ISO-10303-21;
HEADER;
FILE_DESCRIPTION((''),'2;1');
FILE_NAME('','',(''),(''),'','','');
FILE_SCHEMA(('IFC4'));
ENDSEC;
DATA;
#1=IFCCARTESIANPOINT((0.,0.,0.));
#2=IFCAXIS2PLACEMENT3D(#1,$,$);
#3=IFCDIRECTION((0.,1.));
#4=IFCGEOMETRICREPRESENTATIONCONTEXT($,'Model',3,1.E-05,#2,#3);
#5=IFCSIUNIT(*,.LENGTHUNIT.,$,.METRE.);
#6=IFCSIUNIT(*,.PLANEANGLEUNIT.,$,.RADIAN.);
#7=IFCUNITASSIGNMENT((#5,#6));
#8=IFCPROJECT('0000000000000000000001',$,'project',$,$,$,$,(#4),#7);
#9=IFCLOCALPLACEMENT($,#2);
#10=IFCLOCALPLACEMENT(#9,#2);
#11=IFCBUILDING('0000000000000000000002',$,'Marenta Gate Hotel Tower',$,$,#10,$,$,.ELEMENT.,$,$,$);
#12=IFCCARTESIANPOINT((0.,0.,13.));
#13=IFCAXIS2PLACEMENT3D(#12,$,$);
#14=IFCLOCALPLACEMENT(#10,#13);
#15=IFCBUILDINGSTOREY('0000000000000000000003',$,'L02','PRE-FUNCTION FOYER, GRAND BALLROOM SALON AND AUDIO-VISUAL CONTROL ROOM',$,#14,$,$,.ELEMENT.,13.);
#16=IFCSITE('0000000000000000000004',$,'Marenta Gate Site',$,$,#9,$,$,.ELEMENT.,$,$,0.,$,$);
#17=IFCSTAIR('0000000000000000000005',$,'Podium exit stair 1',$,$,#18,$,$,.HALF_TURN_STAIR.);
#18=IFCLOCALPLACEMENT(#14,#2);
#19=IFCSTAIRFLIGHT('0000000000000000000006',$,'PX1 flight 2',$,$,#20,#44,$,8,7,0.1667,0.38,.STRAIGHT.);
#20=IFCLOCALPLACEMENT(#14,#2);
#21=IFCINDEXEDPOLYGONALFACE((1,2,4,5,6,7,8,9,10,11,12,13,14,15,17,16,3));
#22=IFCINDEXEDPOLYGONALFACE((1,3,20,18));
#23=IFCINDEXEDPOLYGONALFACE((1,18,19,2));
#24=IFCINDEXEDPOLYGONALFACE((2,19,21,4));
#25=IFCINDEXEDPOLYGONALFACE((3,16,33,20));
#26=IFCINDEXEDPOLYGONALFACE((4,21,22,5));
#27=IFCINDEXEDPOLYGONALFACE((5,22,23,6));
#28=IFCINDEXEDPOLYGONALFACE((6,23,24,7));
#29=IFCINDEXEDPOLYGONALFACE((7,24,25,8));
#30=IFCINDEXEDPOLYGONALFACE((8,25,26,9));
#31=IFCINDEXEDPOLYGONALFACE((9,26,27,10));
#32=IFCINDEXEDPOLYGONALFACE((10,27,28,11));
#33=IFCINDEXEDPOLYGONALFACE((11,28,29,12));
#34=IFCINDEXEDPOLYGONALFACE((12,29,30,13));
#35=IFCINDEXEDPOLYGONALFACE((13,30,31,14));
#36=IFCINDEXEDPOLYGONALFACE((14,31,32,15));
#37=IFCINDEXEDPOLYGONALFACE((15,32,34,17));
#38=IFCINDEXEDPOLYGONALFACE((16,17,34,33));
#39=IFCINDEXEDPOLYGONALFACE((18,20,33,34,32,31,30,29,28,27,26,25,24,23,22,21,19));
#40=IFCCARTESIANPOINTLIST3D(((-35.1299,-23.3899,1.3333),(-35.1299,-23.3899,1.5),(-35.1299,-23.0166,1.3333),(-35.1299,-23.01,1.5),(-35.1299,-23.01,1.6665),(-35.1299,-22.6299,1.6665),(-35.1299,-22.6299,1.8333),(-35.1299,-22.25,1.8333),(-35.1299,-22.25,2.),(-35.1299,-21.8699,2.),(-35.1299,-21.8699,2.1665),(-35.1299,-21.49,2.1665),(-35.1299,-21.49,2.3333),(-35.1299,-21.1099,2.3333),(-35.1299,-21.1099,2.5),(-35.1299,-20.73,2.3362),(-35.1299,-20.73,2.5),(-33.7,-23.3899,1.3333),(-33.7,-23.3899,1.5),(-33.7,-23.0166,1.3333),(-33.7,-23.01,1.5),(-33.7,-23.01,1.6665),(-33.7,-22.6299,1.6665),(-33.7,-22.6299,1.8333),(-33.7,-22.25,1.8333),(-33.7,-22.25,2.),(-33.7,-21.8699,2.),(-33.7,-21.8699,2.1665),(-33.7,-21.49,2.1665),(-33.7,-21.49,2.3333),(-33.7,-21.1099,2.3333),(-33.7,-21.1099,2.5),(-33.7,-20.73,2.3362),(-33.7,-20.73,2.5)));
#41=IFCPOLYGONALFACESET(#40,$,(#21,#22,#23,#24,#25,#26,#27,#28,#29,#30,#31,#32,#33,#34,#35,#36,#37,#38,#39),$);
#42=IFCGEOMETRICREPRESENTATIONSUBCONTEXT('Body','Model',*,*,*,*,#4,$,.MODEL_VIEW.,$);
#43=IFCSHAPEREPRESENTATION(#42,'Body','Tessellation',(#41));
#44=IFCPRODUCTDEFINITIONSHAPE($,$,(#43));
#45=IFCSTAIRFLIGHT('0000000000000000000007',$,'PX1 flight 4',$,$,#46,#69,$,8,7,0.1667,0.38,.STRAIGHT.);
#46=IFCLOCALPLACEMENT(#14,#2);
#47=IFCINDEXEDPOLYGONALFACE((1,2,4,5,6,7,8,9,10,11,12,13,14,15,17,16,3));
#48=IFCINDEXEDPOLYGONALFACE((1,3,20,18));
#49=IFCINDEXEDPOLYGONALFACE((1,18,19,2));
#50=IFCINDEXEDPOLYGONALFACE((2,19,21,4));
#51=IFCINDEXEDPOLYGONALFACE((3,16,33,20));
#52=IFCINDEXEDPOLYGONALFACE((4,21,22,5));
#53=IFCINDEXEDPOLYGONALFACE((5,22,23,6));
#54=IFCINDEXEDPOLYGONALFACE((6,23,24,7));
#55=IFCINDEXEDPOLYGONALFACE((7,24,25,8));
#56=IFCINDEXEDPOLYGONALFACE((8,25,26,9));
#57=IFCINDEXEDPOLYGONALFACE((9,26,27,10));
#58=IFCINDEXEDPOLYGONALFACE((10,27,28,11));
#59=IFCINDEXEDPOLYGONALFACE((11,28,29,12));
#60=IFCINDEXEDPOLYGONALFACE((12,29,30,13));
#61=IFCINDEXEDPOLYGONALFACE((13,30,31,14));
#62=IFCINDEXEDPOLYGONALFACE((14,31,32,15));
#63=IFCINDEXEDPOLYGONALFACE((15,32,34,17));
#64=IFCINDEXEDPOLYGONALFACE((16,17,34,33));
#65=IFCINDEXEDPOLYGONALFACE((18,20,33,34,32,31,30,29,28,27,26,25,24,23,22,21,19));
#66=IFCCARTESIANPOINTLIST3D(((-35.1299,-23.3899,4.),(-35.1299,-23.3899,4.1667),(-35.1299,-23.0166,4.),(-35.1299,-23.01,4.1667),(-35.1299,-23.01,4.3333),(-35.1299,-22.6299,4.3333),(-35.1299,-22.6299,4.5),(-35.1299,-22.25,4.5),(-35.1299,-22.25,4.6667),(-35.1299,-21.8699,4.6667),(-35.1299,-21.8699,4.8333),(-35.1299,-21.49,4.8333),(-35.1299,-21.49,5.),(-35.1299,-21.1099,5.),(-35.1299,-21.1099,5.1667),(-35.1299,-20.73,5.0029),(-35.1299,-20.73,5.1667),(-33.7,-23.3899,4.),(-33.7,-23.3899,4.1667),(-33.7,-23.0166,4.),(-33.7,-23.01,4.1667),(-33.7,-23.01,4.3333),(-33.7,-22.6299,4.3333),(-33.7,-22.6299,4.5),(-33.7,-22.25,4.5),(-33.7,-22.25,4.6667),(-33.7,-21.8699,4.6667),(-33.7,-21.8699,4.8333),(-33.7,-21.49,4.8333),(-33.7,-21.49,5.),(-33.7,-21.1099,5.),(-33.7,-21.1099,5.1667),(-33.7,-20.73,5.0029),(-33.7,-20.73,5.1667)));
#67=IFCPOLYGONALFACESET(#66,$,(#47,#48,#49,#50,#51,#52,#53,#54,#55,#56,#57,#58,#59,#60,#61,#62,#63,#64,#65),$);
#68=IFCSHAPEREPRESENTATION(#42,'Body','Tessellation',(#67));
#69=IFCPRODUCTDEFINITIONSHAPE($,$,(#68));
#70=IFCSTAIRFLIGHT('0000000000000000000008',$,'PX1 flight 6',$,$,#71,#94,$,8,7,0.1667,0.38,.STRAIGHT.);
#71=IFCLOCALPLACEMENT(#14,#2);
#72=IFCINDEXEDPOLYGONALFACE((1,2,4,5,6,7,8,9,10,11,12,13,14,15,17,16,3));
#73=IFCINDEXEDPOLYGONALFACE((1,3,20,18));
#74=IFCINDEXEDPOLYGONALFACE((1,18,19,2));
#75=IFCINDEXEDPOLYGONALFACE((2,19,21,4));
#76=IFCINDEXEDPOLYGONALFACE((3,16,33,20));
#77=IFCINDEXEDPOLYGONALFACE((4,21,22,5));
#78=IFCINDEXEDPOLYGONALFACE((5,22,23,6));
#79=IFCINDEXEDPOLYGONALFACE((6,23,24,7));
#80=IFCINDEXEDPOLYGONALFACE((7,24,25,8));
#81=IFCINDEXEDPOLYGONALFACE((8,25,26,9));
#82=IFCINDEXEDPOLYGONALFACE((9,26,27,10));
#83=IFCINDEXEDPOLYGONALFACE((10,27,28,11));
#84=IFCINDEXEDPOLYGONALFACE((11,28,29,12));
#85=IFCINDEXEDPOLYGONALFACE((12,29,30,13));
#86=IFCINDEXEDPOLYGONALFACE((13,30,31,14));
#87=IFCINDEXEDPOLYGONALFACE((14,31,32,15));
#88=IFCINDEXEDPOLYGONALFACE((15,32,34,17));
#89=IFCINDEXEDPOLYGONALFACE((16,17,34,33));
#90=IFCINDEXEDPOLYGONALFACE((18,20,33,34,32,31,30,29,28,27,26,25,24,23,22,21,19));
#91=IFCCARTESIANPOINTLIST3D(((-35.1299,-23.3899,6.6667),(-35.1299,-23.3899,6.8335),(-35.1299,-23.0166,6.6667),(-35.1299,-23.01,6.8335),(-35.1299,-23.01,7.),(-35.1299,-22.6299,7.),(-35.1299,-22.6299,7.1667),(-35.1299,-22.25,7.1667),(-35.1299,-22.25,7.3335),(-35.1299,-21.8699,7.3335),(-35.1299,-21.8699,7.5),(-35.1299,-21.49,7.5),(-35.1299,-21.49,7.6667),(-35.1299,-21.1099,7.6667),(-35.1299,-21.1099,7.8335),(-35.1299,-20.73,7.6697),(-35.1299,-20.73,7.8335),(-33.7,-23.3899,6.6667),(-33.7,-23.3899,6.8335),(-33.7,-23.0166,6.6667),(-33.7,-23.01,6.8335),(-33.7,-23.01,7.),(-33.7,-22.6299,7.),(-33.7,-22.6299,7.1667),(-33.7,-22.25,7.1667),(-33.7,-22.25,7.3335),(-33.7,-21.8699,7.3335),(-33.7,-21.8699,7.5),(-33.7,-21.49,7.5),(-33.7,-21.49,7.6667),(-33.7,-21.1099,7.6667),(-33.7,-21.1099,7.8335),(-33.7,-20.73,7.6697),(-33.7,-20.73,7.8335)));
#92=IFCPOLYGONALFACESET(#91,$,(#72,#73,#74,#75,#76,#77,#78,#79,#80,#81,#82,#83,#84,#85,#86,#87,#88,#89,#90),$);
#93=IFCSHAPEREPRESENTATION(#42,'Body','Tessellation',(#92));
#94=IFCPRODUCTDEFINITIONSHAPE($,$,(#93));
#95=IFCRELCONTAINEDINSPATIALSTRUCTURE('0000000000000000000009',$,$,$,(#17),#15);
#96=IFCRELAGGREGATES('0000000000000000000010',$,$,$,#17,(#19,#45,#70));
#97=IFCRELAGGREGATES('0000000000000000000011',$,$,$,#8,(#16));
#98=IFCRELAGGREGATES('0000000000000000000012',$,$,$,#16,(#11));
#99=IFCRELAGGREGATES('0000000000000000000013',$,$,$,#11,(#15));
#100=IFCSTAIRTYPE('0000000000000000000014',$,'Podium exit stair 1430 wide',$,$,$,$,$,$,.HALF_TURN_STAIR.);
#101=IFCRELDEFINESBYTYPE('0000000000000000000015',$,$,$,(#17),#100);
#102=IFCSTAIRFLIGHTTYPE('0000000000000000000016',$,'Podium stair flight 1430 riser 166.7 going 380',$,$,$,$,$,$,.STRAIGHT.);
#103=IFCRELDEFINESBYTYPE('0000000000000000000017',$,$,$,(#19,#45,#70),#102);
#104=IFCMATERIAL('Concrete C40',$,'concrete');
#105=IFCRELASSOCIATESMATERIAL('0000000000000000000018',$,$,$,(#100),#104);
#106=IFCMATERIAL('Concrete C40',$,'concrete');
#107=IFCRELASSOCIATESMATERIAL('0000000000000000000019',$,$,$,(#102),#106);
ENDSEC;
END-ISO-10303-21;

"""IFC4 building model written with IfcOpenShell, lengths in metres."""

from ifc_helpers import new_model, si_unit, direction, frame, origin, place, context, subcontext, project, spatial, polyline, outline, extrude, material, type_object, element, aggregate, save


model = new_model("IFC4")

# Units and contexts
model_context = context("Model", 3, precision=1e-05, world=origin(), true_north=direction((0.0, 1.0)))
body_context = subcontext(model_context, "Body", "Model", "MODEL_VIEW")
ifc_project = project(units=[si_unit("LENGTHUNIT", "METRE"), si_unit("PLANEANGLEUNIT", "RADIAN")], contexts=[model_context])

# Site, building, storey
site_placement = place(None, origin())
site = spatial("IfcSite", under=ifc_project, at=site_placement, Name="Marenta Gate Site", CompositionType="ELEMENT", RefElevation=0.0)
building_placement = place(site_placement, origin())
building = spatial("IfcBuilding", under=site, at=building_placement, Name="Marenta Gate Hotel Tower", CompositionType="ELEMENT")
storey_placement = place(building_placement, frame((0.0, 0.0, 13.0)))
storey = spatial("IfcBuildingStorey", under=building, at=storey_placement, Name="L02", Description="PRE-FUNCTION FOYER, GRAND BALLROOM SALON AND AUDIO-VISUAL CONTROL ROOM", CompositionType="ELEMENT", Elevation=13.0)

# Stair, stair flights
ifc_material_1 = material(Name="Concrete C40", Category="concrete")
stair_type = type_object("IfcStairType", Name="Podium exit stair 1430 wide", PredefinedType="HALF_TURN_STAIR", material=ifc_material_1)
stair_placement = place(storey_placement, origin())
stair = element("IfcStair", 1, at=stair_placement, inside=storey, type_object=stair_type, Name="Podium exit stair 1", PredefinedType="HALF_TURN_STAIR")
ifc_material_2 = material(Name="Concrete C40", Category="concrete")
stair_flight_type = type_object("IfcStairFlightType", Name="Podium stair flight 1430 riser 166.7 going 380", PredefinedType="STRAIGHT", material=ifc_material_2)
stair_flight_1_placement = place(storey_placement, frame((-34.415, -23.3899, 1.3333), z_axis=(0.0, 0.0, 1.0), x_axis=(0.0, 1.0, 0.0)))
stair_flight_1 = element("IfcStairFlight", 2, at=stair_flight_1_placement, type_object=stair_flight_type, Name="PX1 flight 2", NumberOfRisers=8, NumberOfTreads=7, PredefinedType="STRAIGHT", RiserHeight=0.1667, TreadLength=0.38, context=body_context, shape_type="SweptSolid", body=[
    extrude(outline(polyline([(0.0, 0.0), (0.0, 0.1667), (0.3799, 0.1667), (0.3799, 0.3333), (0.76, 0.3333), (0.76, 0.5), (1.1399, 0.5), (1.1399, 0.6667), (1.52, 0.6667), (1.52, 0.8333), (1.8999, 0.8333), (1.8999, 1.0), (2.28, 1.0), (2.28, 1.1667), (2.6599, 1.1667), (2.6599, 1.3333), (2.6599, 1.0029), (0.3733, 0.0), (0.0, 0.0)])), frame((0.0, 0.7148, 0.0), z_axis=(0.0, -1.0, 0.0), x_axis=(1.0, 0.0, 0.0)), (0.0, 0.0, 1.0), 1.4299),
])
stair_flight_2_placement = place(storey_placement, frame((-34.415, -23.3899, 4.0), z_axis=(0.0, 0.0, 1.0), x_axis=(0.0, 1.0, 0.0)))
stair_flight_2 = element("IfcStairFlight", 3, at=stair_flight_2_placement, type_object=stair_flight_type, Name="PX1 flight 4", NumberOfRisers=8, NumberOfTreads=7, PredefinedType="STRAIGHT", RiserHeight=0.1667, TreadLength=0.38, context=body_context, shape_type="SweptSolid", body=[
    extrude(outline(polyline([(0.0, 0.0), (0.0, 0.1667), (0.3799, 0.1667), (0.3799, 0.3333), (0.76, 0.3333), (0.76, 0.5), (1.1399, 0.5), (1.1399, 0.6667), (1.52, 0.6667), (1.52, 0.8333), (1.8999, 0.8333), (1.8999, 1.0), (2.28, 1.0), (2.28, 1.1667), (2.6599, 1.1667), (2.6599, 1.3333), (2.6599, 1.0029), (0.3733, 0.0), (0.0, 0.0)])), frame((0.0, 0.7148, 0.0), z_axis=(0.0, -1.0, 0.0), x_axis=(1.0, 0.0, 0.0)), (0.0, 0.0, 1.0), 1.4299),
])
stair_flight_3_placement = place(storey_placement, frame((-34.415, -23.3899, 6.6667), z_axis=(0.0, 0.0, 1.0), x_axis=(0.0, 1.0, 0.0)))
stair_flight_3 = element("IfcStairFlight", 4, at=stair_flight_3_placement, type_object=stair_flight_type, Name="PX1 flight 6", NumberOfRisers=8, NumberOfTreads=7, PredefinedType="STRAIGHT", RiserHeight=0.1667, TreadLength=0.38, context=body_context, shape_type="SweptSolid", body=[
    extrude(outline(polyline([(0.0, 0.0), (0.0, 0.1667), (0.3799, 0.1667), (0.3799, 0.3333), (0.76, 0.3333), (0.76, 0.5), (1.1399, 0.5), (1.1399, 0.6667), (1.52, 0.6667), (1.52, 0.8333), (1.8999, 0.8333), (1.8999, 1.0), (2.28, 1.0), (2.28, 1.1667), (2.6599, 1.1667), (2.6599, 1.3333), (2.6599, 1.0029), (0.3733, 0.0), (0.0, 0.0)])), frame((0.0, 0.7148, 0.0), z_axis=(0.0, -1.0, 0.0), x_axis=(1.0, 0.0, 0.0)), (0.0, 0.0, 1.0), 1.4299),
])
aggregate(stair, [stair_flight_1, stair_flight_2, stair_flight_3])

save(model, "model.ifc")
